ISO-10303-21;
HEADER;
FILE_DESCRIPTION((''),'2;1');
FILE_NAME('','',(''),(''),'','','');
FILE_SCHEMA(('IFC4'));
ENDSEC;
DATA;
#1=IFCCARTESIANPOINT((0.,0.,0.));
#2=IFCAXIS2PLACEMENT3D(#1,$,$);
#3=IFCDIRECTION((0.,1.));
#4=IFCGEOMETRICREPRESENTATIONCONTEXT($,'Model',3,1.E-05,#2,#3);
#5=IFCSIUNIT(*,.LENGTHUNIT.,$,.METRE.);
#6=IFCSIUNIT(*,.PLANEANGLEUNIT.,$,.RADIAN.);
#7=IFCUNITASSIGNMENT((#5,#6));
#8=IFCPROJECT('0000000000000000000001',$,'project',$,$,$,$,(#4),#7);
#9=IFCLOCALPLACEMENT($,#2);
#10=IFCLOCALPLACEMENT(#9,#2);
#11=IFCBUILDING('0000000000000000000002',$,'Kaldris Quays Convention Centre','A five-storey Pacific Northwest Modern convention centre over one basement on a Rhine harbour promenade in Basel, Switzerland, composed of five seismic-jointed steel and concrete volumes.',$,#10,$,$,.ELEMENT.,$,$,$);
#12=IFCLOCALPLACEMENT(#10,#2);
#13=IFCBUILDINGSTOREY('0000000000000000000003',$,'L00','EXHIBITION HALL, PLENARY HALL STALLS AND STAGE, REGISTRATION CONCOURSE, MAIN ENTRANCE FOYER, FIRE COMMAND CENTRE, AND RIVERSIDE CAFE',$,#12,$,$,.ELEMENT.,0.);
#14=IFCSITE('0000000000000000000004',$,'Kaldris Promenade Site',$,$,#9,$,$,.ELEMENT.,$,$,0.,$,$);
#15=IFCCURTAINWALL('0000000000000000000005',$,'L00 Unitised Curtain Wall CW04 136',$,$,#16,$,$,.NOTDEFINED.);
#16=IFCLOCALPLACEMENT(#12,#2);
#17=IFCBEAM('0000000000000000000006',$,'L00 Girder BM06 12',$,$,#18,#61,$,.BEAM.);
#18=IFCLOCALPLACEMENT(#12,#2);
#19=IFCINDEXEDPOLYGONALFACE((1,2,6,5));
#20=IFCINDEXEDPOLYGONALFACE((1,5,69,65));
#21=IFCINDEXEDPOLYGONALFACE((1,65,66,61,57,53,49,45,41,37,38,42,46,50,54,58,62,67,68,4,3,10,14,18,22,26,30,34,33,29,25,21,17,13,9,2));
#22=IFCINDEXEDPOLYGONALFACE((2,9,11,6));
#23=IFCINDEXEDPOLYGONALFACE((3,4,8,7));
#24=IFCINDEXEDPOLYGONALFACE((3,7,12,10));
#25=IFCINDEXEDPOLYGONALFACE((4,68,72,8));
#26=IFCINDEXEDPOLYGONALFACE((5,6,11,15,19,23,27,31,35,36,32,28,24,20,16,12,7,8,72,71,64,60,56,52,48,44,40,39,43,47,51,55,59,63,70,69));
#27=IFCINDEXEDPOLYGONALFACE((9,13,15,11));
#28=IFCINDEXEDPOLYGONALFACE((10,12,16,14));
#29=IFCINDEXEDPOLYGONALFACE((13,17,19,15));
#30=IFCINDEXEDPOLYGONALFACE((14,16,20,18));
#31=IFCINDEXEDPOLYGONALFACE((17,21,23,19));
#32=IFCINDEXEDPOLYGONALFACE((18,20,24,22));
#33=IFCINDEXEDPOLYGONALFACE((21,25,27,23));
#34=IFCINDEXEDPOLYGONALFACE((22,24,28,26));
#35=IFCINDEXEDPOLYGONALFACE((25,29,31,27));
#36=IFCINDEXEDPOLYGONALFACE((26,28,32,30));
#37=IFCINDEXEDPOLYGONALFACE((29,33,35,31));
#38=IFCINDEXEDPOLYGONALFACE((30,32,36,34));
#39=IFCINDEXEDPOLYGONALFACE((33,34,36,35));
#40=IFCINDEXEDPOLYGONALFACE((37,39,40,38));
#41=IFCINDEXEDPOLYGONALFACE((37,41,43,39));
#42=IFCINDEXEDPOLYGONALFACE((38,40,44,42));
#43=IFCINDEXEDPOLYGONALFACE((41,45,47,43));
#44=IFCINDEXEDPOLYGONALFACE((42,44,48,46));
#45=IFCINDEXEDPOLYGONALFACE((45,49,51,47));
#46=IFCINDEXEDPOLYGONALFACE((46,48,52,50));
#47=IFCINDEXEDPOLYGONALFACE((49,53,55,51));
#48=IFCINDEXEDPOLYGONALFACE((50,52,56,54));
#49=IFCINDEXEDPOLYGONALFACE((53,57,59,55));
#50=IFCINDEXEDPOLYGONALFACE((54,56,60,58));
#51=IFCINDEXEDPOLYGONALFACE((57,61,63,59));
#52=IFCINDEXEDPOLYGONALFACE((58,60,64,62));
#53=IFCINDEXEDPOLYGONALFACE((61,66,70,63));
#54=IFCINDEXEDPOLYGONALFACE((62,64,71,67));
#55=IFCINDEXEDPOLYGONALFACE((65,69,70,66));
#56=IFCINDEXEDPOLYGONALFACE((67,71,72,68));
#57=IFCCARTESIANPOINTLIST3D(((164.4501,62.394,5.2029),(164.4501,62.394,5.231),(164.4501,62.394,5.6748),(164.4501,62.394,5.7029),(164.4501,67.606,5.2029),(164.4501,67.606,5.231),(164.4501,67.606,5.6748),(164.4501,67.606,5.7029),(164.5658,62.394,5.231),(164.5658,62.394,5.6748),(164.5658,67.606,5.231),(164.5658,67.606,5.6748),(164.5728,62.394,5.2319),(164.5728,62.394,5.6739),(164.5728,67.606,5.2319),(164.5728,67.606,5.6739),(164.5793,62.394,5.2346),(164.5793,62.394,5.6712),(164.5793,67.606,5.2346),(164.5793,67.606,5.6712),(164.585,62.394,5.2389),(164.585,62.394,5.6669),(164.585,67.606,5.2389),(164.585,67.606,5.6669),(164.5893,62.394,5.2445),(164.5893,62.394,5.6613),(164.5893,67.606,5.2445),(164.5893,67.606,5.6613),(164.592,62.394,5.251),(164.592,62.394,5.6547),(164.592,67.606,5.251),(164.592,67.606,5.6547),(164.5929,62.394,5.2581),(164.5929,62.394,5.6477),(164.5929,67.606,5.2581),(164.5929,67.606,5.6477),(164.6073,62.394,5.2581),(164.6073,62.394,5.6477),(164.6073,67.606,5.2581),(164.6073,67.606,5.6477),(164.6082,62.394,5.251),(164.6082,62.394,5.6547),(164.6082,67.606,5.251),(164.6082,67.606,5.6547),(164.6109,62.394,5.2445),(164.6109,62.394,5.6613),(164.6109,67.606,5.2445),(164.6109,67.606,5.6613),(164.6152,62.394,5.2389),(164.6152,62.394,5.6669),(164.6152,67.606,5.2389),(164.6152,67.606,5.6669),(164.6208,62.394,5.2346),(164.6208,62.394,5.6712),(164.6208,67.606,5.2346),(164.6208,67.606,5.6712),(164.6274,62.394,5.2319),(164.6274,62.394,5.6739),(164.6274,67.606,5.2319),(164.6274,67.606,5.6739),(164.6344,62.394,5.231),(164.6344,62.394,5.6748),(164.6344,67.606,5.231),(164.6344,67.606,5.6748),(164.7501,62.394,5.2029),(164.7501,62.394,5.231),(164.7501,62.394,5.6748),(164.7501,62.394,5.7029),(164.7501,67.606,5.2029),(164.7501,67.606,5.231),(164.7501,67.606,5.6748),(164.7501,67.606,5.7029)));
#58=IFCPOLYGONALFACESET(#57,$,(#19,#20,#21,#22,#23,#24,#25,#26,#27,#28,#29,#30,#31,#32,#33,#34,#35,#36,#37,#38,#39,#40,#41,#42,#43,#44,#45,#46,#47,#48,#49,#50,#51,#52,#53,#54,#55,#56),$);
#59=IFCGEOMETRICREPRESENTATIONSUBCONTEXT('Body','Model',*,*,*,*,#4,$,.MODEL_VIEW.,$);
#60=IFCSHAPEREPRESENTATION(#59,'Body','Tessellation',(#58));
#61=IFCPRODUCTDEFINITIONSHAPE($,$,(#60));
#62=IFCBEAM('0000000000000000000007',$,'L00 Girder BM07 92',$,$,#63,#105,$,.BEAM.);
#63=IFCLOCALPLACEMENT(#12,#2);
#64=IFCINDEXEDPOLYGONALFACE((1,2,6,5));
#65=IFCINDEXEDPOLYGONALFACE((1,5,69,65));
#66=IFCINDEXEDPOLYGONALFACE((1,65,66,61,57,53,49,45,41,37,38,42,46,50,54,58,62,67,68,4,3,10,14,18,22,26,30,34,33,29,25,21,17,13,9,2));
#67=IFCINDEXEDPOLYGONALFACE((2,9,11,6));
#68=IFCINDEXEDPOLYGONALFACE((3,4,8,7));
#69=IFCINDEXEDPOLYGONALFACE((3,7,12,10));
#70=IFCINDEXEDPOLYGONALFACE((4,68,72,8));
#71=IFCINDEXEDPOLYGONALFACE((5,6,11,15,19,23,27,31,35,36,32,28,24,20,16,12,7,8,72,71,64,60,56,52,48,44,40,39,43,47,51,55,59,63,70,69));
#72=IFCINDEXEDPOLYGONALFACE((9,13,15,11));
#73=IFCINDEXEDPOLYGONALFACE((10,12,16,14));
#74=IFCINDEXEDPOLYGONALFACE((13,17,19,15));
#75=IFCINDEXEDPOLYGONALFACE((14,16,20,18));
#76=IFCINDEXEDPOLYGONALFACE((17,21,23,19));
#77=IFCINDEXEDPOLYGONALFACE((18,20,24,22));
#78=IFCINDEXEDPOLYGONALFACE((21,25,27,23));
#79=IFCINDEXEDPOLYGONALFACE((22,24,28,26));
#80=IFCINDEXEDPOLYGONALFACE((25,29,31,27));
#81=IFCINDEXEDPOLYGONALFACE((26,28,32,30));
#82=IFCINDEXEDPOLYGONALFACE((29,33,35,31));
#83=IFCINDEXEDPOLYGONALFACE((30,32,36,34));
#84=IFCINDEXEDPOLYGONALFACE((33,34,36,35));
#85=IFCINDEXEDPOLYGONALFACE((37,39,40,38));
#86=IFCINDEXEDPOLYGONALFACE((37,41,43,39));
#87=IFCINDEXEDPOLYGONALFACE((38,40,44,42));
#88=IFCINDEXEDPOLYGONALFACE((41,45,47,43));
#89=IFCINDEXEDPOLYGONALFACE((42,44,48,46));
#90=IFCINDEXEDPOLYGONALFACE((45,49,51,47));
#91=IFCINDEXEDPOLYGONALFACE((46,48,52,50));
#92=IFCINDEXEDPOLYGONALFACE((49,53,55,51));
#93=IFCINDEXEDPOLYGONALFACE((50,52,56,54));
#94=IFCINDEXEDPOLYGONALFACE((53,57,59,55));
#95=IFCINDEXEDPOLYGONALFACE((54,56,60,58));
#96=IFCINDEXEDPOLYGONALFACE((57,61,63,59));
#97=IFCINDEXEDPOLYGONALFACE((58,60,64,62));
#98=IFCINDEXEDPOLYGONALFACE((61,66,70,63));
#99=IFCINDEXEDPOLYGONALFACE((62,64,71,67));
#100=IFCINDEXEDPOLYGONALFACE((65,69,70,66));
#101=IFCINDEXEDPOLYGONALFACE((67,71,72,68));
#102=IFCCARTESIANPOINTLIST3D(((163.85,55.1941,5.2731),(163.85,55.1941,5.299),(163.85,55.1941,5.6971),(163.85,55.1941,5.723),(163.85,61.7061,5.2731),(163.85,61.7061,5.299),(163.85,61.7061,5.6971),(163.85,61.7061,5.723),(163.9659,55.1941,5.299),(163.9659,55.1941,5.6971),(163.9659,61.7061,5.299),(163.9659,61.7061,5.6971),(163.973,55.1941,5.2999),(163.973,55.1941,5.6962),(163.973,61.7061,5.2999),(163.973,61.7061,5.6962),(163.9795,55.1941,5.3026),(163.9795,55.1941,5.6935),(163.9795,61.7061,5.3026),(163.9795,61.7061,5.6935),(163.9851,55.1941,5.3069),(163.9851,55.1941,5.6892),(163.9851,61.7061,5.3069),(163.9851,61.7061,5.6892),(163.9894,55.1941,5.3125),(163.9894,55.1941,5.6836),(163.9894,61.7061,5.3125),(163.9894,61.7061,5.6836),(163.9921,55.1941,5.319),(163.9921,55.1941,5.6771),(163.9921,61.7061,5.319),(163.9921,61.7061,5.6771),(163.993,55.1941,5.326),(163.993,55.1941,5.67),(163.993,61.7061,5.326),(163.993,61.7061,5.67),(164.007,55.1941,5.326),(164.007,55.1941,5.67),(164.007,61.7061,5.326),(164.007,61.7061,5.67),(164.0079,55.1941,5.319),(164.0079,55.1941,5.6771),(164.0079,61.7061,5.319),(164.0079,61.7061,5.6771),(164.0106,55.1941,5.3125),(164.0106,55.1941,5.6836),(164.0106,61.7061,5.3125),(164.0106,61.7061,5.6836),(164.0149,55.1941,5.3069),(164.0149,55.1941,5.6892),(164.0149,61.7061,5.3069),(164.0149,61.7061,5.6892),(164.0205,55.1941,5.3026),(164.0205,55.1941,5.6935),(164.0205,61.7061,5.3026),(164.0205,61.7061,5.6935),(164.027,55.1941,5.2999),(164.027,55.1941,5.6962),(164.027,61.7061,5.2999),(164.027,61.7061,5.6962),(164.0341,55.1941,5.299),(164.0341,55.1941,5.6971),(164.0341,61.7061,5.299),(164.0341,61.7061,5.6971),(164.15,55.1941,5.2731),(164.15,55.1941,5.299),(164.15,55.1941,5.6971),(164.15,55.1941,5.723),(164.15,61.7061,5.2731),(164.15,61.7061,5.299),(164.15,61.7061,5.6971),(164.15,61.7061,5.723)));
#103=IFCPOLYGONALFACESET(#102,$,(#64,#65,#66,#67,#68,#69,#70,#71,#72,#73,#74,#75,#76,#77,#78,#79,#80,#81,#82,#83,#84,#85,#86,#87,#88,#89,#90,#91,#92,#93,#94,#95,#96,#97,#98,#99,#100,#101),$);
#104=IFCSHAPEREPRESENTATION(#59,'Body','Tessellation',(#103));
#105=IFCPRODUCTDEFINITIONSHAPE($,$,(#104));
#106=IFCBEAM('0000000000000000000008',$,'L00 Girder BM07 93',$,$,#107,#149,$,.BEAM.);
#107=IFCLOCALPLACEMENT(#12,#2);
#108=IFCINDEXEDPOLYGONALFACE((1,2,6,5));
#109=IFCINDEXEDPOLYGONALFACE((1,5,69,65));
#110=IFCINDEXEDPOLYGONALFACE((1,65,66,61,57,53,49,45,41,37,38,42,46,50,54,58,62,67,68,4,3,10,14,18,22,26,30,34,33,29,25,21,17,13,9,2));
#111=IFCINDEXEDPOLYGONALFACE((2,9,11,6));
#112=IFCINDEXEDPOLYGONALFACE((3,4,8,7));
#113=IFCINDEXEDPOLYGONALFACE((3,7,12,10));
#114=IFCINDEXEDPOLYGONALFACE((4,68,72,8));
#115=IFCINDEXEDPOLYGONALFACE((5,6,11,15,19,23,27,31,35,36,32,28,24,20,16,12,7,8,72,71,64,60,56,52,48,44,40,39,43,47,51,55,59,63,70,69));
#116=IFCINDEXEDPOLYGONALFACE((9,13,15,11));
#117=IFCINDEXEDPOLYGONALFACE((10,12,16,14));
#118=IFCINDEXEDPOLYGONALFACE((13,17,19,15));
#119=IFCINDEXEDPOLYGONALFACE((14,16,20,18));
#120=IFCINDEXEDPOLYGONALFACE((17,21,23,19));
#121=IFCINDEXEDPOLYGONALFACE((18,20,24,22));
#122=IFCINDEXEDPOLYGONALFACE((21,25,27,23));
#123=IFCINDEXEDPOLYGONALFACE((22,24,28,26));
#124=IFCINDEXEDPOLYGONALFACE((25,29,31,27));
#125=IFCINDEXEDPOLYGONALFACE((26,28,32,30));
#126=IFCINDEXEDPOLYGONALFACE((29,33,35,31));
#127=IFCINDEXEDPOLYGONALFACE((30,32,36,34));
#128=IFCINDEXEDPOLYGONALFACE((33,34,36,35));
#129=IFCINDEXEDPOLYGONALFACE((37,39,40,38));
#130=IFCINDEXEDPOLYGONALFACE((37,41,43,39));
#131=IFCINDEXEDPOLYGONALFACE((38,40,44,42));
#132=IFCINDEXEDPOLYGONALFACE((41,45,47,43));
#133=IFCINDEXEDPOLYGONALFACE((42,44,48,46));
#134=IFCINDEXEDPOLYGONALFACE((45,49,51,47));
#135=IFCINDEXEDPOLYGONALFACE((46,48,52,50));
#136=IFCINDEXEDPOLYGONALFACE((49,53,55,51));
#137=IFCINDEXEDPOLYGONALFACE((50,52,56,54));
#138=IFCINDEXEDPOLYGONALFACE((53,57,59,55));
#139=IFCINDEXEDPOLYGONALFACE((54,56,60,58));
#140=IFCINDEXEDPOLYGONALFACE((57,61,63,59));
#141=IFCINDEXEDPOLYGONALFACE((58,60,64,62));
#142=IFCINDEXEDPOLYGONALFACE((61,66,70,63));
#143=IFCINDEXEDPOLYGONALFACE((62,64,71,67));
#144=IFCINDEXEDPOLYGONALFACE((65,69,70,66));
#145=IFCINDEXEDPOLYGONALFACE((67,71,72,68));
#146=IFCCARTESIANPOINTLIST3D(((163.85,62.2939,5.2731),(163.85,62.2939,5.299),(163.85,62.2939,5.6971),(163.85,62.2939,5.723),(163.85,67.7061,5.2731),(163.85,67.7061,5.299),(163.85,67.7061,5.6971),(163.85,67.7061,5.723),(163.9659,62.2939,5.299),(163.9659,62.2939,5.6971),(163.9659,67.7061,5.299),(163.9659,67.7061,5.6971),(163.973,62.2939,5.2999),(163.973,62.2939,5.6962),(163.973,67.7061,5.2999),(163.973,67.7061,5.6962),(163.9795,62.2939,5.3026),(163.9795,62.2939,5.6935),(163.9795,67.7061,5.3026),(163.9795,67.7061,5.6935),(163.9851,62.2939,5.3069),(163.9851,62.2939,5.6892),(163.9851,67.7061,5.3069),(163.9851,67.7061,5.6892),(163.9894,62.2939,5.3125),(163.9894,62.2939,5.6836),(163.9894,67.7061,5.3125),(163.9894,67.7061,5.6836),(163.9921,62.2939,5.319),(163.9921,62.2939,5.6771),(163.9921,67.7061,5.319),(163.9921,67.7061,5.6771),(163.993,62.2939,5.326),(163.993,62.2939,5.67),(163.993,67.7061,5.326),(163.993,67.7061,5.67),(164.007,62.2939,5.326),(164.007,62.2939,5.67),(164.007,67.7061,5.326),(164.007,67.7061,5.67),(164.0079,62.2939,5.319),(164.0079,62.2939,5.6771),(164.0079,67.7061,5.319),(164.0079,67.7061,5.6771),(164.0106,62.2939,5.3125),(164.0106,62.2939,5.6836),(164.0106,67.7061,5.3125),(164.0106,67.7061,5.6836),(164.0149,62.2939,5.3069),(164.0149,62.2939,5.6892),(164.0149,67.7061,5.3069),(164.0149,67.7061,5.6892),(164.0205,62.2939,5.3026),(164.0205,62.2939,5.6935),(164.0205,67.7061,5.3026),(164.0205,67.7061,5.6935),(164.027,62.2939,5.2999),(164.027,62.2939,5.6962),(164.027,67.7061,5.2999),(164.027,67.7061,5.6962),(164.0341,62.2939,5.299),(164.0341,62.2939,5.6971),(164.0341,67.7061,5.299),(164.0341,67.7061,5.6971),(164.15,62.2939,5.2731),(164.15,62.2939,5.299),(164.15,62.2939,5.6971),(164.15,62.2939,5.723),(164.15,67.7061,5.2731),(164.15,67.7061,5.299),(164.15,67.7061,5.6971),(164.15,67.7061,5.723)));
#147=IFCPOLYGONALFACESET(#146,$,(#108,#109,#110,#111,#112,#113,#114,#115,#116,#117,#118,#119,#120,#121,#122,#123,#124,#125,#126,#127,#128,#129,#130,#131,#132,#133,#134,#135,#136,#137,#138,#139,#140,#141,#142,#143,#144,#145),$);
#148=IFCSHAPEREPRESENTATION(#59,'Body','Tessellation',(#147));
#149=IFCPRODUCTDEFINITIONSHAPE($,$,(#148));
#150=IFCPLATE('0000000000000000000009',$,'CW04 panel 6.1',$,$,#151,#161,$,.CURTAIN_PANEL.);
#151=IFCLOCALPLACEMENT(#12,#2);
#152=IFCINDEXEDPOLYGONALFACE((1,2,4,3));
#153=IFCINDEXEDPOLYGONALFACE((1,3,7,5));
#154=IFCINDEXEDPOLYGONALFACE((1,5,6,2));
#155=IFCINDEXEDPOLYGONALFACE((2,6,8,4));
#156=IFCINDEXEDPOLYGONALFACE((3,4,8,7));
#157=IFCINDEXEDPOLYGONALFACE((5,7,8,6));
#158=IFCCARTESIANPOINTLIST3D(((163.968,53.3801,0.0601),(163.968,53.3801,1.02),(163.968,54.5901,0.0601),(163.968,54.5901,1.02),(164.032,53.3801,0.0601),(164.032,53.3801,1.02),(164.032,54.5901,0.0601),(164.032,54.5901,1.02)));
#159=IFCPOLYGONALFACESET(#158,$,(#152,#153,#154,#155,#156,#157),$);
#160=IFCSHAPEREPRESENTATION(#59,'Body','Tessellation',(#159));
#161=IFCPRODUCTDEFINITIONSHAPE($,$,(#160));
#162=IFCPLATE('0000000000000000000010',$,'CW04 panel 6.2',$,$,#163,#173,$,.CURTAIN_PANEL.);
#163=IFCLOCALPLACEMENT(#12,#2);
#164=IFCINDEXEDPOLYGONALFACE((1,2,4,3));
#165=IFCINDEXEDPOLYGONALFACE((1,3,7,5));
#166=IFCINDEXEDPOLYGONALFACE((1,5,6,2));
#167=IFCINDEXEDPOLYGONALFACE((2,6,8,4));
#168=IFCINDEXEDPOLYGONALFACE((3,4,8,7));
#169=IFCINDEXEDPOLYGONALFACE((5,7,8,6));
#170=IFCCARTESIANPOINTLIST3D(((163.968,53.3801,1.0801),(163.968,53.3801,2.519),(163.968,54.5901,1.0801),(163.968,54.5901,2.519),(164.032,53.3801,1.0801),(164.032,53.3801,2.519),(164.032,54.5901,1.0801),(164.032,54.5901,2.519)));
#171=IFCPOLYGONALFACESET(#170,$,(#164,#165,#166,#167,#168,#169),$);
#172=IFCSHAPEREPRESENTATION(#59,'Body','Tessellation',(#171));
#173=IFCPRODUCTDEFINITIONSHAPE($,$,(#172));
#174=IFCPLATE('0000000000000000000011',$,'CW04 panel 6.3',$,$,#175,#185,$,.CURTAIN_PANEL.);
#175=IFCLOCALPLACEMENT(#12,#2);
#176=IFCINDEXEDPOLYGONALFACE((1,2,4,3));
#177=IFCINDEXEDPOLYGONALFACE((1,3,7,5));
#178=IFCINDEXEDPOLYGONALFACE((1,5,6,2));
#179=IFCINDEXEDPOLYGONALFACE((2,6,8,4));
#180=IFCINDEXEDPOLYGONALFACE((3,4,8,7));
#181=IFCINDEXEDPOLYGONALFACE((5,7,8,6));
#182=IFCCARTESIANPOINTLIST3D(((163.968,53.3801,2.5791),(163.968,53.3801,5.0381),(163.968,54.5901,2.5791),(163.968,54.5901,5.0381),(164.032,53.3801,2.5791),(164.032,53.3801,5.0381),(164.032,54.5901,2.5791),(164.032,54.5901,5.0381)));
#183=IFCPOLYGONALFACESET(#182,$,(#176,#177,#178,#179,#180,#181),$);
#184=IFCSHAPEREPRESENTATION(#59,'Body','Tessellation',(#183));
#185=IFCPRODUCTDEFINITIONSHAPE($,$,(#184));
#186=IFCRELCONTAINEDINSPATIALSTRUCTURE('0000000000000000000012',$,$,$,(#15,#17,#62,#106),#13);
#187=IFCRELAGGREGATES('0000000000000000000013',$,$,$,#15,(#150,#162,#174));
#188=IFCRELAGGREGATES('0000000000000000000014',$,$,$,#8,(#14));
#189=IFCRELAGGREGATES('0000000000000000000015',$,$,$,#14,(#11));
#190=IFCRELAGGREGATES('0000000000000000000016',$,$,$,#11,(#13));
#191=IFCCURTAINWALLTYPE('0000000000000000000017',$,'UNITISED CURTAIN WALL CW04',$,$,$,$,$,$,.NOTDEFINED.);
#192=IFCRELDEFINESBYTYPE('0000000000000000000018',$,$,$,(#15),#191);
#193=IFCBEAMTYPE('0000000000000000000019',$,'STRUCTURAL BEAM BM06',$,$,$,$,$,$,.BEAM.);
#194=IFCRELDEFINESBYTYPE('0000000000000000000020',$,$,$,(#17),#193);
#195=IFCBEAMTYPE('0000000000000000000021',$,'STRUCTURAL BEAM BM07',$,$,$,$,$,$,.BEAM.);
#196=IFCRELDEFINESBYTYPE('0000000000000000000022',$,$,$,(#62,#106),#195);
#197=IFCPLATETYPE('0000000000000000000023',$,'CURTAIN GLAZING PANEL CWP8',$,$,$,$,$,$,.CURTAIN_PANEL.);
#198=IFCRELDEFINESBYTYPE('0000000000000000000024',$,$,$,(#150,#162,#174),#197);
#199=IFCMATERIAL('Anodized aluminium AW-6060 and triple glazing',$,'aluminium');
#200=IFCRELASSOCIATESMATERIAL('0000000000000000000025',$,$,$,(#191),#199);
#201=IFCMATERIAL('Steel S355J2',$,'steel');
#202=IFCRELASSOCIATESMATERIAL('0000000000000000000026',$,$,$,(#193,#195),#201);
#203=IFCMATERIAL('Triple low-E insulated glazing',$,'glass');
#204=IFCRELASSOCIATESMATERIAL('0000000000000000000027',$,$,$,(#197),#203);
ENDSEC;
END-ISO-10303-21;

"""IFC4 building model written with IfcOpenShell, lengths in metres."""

from ifc_helpers import new_model, si_unit, direction, frame, origin, origin_2d, place, context, subcontext, project, spatial, rectangle, i_section, extrude, material, material_profile, profile_set, type_object, element, aggregate, save


model = new_model("IFC4")

# Units and contexts
model_context = context("Model", 3, precision=1e-05, world=origin(), true_north=direction((0.0, 1.0)))
body_context = subcontext(model_context, "Body", "Model", "MODEL_VIEW")
ifc_project = project(units=[si_unit("LENGTHUNIT", "METRE"), si_unit("PLANEANGLEUNIT", "RADIAN")], contexts=[model_context])

# Site, building, storey
site_placement = place(None, origin())
site = spatial("IfcSite", under=ifc_project, at=site_placement, Name="Kaldris Promenade Site", CompositionType="ELEMENT", RefElevation=0.0)
building_placement = place(site_placement, origin())
building = spatial("IfcBuilding", under=site, at=building_placement, Name="Kaldris Quays Convention Centre", Description="A five-storey Pacific Northwest Modern convention centre over one basement on a Rhine harbour promenade in Basel, Switzerland, composed of five seismic-jointed steel and concrete volumes.", CompositionType="ELEMENT")
storey_placement = place(building_placement, origin())
storey = spatial("IfcBuildingStorey", under=building, at=storey_placement, Name="L00", Description="EXHIBITION HALL, PLENARY HALL STALLS AND STAGE, REGISTRATION CONCOURSE, MAIN ENTRANCE FOYER, FIRE COMMAND CENTRE, AND RIVERSIDE CAFE", CompositionType="ELEMENT", Elevation=0.0)

# Shared definitions
ifc_material_1 = material(Name="Steel S355J2", Category="steel")

# Curtain wall
ifc_material_2 = material(Name="Anodized aluminium AW-6060 and triple glazing", Category="aluminium")
curtain_wall_type = type_object("IfcCurtainWallType", Name="UNITISED CURTAIN WALL CW04", PredefinedType="NOTDEFINED", material=ifc_material_2)
curtain_wall_placement = place(storey_placement, origin())
curtain_wall = element("IfcCurtainWall", 1, at=curtain_wall_placement, inside=storey, type_object=curtain_wall_type, Name="L00 Unitised Curtain Wall CW04 136", PredefinedType="NOTDEFINED")

# Beams
ifc_material_profile_1 = material_profile(ifc_material_1, i_section(OverallWidth=0.3, OverallDepth=0.5, WebThickness=0.0144, FlangeThickness=0.0281, FilletRadius=0.0271, at=origin_2d()), Name="HEB 500")
ifc_profile_set_1 = profile_set([ifc_material_profile_1], Name="Steel S355J2")
beam_type_1 = type_object("IfcBeamType", Name="STRUCTURAL BEAM BM06", PredefinedType="BEAM", material=ifc_profile_set_1)
for number, where, z_axis, x_axis, name in (
    (2, (164.6001, 62.394, 5.4529), (0.0, 1.0, 0.0), (-1.0, 0.0, 0.0), "L00 Girder BM06 12"),
):
    element("IfcBeam", number, at=place(storey_placement, frame(where, z_axis=z_axis, x_axis=x_axis)), inside=storey, type_object=beam_type_1, Name=name, PredefinedType="BEAM", context=body_context, shape_type="SweptSolid", body=[
        extrude(i_section(OverallWidth=0.3, OverallDepth=0.5, WebThickness=0.0144, FlangeThickness=0.0281, FilletRadius=0.0271, at=origin_2d()), origin(), (0.0, 0.0, 1.0), 5.2119),
    ])
ifc_material_profile_2 = material_profile(ifc_material_1, i_section(OverallWidth=0.3, OverallDepth=0.45, WebThickness=0.0139, FlangeThickness=0.0259, FilletRadius=0.0271, at=origin_2d()), Name="HEB 450")
ifc_profile_set_2 = profile_set([ifc_material_profile_2], Name="Steel S355J2")
beam_type_2 = type_object("IfcBeamType", Name="STRUCTURAL BEAM BM07", PredefinedType="BEAM", material=ifc_profile_set_2)
beam_1_placement = place(storey_placement, frame((164.0, 55.1941, 5.498), z_axis=(0.0, 1.0, 0.0), x_axis=(-1.0, 0.0, 0.0)))
element("IfcBeam", 3, at=beam_1_placement, inside=storey, type_object=beam_type_2, Name="L00 Girder BM07 92", PredefinedType="BEAM", context=body_context, shape_type="SweptSolid", body=[
    extrude(i_section(OverallWidth=0.3, OverallDepth=0.45, WebThickness=0.0139, FlangeThickness=0.0259, FilletRadius=0.0271, at=origin_2d()), origin(), (0.0, 0.0, 1.0), 6.512),
])
beam_2_placement = place(storey_placement, frame((164.0, 62.2939, 5.498), z_axis=(0.0, 1.0, 0.0), x_axis=(-1.0, 0.0, 0.0)))
element("IfcBeam", 4, at=beam_2_placement, inside=storey, type_object=beam_type_2, Name="L00 Girder BM07 93", PredefinedType="BEAM", context=body_context, shape_type="SweptSolid", body=[
    extrude(i_section(OverallWidth=0.3, OverallDepth=0.45, WebThickness=0.0139, FlangeThickness=0.0259, FilletRadius=0.0271, at=origin_2d()), origin(), (0.0, 0.0, 1.0), 5.4121),
])

# Plates
ifc_material_3 = material(Name="Triple low-E insulated glazing", Category="glass")
plate_type = type_object("IfcPlateType", Name="CURTAIN GLAZING PANEL CWP8", PredefinedType="CURTAIN_PANEL", material=ifc_material_3)
plate_1_placement = place(storey_placement, frame((164.0, 53.9851, 0.0601), z_axis=(0.0, 0.0, 1.0), x_axis=(0.0, 1.0, 0.0)))
plate_1 = element("IfcPlate", 5, at=plate_1_placement, type_object=plate_type, Name="CW04 panel 6.1", PredefinedType="CURTAIN_PANEL", context=body_context, shape_type="SweptSolid", body=[
    extrude(rectangle(XDim=1.21, YDim=0.064, at=origin_2d()), origin(), (0.0, 0.0, 1.0), 0.96),
])
plate_2_placement = place(storey_placement, frame((164.0, 53.9851, 1.0801), z_axis=(0.0, 0.0, 1.0), x_axis=(0.0, 1.0, 0.0)))
plate_2 = element("IfcPlate", 6, at=plate_2_placement, type_object=plate_type, Name="CW04 panel 6.2", PredefinedType="CURTAIN_PANEL", context=body_context, shape_type="SweptSolid", body=[
    extrude(rectangle(XDim=1.21, YDim=0.064, at=origin_2d()), origin(), (0.0, 0.0, 1.0), 1.439),
])
plate_3_placement = place(storey_placement, frame((164.0, 53.9851, 2.5791), z_axis=(0.0, 0.0, 1.0), x_axis=(0.0, 1.0, 0.0)))
plate_3 = element("IfcPlate", 7, at=plate_3_placement, type_object=plate_type, Name="CW04 panel 6.3", PredefinedType="CURTAIN_PANEL", context=body_context, shape_type="SweptSolid", body=[
    extrude(rectangle(XDim=1.21, YDim=0.064, at=origin_2d()), origin(), (0.0, 0.0, 1.0), 2.459),
])
aggregate(curtain_wall, [plate_1, plate_2, plate_3])

save(model, "model.ifc")
